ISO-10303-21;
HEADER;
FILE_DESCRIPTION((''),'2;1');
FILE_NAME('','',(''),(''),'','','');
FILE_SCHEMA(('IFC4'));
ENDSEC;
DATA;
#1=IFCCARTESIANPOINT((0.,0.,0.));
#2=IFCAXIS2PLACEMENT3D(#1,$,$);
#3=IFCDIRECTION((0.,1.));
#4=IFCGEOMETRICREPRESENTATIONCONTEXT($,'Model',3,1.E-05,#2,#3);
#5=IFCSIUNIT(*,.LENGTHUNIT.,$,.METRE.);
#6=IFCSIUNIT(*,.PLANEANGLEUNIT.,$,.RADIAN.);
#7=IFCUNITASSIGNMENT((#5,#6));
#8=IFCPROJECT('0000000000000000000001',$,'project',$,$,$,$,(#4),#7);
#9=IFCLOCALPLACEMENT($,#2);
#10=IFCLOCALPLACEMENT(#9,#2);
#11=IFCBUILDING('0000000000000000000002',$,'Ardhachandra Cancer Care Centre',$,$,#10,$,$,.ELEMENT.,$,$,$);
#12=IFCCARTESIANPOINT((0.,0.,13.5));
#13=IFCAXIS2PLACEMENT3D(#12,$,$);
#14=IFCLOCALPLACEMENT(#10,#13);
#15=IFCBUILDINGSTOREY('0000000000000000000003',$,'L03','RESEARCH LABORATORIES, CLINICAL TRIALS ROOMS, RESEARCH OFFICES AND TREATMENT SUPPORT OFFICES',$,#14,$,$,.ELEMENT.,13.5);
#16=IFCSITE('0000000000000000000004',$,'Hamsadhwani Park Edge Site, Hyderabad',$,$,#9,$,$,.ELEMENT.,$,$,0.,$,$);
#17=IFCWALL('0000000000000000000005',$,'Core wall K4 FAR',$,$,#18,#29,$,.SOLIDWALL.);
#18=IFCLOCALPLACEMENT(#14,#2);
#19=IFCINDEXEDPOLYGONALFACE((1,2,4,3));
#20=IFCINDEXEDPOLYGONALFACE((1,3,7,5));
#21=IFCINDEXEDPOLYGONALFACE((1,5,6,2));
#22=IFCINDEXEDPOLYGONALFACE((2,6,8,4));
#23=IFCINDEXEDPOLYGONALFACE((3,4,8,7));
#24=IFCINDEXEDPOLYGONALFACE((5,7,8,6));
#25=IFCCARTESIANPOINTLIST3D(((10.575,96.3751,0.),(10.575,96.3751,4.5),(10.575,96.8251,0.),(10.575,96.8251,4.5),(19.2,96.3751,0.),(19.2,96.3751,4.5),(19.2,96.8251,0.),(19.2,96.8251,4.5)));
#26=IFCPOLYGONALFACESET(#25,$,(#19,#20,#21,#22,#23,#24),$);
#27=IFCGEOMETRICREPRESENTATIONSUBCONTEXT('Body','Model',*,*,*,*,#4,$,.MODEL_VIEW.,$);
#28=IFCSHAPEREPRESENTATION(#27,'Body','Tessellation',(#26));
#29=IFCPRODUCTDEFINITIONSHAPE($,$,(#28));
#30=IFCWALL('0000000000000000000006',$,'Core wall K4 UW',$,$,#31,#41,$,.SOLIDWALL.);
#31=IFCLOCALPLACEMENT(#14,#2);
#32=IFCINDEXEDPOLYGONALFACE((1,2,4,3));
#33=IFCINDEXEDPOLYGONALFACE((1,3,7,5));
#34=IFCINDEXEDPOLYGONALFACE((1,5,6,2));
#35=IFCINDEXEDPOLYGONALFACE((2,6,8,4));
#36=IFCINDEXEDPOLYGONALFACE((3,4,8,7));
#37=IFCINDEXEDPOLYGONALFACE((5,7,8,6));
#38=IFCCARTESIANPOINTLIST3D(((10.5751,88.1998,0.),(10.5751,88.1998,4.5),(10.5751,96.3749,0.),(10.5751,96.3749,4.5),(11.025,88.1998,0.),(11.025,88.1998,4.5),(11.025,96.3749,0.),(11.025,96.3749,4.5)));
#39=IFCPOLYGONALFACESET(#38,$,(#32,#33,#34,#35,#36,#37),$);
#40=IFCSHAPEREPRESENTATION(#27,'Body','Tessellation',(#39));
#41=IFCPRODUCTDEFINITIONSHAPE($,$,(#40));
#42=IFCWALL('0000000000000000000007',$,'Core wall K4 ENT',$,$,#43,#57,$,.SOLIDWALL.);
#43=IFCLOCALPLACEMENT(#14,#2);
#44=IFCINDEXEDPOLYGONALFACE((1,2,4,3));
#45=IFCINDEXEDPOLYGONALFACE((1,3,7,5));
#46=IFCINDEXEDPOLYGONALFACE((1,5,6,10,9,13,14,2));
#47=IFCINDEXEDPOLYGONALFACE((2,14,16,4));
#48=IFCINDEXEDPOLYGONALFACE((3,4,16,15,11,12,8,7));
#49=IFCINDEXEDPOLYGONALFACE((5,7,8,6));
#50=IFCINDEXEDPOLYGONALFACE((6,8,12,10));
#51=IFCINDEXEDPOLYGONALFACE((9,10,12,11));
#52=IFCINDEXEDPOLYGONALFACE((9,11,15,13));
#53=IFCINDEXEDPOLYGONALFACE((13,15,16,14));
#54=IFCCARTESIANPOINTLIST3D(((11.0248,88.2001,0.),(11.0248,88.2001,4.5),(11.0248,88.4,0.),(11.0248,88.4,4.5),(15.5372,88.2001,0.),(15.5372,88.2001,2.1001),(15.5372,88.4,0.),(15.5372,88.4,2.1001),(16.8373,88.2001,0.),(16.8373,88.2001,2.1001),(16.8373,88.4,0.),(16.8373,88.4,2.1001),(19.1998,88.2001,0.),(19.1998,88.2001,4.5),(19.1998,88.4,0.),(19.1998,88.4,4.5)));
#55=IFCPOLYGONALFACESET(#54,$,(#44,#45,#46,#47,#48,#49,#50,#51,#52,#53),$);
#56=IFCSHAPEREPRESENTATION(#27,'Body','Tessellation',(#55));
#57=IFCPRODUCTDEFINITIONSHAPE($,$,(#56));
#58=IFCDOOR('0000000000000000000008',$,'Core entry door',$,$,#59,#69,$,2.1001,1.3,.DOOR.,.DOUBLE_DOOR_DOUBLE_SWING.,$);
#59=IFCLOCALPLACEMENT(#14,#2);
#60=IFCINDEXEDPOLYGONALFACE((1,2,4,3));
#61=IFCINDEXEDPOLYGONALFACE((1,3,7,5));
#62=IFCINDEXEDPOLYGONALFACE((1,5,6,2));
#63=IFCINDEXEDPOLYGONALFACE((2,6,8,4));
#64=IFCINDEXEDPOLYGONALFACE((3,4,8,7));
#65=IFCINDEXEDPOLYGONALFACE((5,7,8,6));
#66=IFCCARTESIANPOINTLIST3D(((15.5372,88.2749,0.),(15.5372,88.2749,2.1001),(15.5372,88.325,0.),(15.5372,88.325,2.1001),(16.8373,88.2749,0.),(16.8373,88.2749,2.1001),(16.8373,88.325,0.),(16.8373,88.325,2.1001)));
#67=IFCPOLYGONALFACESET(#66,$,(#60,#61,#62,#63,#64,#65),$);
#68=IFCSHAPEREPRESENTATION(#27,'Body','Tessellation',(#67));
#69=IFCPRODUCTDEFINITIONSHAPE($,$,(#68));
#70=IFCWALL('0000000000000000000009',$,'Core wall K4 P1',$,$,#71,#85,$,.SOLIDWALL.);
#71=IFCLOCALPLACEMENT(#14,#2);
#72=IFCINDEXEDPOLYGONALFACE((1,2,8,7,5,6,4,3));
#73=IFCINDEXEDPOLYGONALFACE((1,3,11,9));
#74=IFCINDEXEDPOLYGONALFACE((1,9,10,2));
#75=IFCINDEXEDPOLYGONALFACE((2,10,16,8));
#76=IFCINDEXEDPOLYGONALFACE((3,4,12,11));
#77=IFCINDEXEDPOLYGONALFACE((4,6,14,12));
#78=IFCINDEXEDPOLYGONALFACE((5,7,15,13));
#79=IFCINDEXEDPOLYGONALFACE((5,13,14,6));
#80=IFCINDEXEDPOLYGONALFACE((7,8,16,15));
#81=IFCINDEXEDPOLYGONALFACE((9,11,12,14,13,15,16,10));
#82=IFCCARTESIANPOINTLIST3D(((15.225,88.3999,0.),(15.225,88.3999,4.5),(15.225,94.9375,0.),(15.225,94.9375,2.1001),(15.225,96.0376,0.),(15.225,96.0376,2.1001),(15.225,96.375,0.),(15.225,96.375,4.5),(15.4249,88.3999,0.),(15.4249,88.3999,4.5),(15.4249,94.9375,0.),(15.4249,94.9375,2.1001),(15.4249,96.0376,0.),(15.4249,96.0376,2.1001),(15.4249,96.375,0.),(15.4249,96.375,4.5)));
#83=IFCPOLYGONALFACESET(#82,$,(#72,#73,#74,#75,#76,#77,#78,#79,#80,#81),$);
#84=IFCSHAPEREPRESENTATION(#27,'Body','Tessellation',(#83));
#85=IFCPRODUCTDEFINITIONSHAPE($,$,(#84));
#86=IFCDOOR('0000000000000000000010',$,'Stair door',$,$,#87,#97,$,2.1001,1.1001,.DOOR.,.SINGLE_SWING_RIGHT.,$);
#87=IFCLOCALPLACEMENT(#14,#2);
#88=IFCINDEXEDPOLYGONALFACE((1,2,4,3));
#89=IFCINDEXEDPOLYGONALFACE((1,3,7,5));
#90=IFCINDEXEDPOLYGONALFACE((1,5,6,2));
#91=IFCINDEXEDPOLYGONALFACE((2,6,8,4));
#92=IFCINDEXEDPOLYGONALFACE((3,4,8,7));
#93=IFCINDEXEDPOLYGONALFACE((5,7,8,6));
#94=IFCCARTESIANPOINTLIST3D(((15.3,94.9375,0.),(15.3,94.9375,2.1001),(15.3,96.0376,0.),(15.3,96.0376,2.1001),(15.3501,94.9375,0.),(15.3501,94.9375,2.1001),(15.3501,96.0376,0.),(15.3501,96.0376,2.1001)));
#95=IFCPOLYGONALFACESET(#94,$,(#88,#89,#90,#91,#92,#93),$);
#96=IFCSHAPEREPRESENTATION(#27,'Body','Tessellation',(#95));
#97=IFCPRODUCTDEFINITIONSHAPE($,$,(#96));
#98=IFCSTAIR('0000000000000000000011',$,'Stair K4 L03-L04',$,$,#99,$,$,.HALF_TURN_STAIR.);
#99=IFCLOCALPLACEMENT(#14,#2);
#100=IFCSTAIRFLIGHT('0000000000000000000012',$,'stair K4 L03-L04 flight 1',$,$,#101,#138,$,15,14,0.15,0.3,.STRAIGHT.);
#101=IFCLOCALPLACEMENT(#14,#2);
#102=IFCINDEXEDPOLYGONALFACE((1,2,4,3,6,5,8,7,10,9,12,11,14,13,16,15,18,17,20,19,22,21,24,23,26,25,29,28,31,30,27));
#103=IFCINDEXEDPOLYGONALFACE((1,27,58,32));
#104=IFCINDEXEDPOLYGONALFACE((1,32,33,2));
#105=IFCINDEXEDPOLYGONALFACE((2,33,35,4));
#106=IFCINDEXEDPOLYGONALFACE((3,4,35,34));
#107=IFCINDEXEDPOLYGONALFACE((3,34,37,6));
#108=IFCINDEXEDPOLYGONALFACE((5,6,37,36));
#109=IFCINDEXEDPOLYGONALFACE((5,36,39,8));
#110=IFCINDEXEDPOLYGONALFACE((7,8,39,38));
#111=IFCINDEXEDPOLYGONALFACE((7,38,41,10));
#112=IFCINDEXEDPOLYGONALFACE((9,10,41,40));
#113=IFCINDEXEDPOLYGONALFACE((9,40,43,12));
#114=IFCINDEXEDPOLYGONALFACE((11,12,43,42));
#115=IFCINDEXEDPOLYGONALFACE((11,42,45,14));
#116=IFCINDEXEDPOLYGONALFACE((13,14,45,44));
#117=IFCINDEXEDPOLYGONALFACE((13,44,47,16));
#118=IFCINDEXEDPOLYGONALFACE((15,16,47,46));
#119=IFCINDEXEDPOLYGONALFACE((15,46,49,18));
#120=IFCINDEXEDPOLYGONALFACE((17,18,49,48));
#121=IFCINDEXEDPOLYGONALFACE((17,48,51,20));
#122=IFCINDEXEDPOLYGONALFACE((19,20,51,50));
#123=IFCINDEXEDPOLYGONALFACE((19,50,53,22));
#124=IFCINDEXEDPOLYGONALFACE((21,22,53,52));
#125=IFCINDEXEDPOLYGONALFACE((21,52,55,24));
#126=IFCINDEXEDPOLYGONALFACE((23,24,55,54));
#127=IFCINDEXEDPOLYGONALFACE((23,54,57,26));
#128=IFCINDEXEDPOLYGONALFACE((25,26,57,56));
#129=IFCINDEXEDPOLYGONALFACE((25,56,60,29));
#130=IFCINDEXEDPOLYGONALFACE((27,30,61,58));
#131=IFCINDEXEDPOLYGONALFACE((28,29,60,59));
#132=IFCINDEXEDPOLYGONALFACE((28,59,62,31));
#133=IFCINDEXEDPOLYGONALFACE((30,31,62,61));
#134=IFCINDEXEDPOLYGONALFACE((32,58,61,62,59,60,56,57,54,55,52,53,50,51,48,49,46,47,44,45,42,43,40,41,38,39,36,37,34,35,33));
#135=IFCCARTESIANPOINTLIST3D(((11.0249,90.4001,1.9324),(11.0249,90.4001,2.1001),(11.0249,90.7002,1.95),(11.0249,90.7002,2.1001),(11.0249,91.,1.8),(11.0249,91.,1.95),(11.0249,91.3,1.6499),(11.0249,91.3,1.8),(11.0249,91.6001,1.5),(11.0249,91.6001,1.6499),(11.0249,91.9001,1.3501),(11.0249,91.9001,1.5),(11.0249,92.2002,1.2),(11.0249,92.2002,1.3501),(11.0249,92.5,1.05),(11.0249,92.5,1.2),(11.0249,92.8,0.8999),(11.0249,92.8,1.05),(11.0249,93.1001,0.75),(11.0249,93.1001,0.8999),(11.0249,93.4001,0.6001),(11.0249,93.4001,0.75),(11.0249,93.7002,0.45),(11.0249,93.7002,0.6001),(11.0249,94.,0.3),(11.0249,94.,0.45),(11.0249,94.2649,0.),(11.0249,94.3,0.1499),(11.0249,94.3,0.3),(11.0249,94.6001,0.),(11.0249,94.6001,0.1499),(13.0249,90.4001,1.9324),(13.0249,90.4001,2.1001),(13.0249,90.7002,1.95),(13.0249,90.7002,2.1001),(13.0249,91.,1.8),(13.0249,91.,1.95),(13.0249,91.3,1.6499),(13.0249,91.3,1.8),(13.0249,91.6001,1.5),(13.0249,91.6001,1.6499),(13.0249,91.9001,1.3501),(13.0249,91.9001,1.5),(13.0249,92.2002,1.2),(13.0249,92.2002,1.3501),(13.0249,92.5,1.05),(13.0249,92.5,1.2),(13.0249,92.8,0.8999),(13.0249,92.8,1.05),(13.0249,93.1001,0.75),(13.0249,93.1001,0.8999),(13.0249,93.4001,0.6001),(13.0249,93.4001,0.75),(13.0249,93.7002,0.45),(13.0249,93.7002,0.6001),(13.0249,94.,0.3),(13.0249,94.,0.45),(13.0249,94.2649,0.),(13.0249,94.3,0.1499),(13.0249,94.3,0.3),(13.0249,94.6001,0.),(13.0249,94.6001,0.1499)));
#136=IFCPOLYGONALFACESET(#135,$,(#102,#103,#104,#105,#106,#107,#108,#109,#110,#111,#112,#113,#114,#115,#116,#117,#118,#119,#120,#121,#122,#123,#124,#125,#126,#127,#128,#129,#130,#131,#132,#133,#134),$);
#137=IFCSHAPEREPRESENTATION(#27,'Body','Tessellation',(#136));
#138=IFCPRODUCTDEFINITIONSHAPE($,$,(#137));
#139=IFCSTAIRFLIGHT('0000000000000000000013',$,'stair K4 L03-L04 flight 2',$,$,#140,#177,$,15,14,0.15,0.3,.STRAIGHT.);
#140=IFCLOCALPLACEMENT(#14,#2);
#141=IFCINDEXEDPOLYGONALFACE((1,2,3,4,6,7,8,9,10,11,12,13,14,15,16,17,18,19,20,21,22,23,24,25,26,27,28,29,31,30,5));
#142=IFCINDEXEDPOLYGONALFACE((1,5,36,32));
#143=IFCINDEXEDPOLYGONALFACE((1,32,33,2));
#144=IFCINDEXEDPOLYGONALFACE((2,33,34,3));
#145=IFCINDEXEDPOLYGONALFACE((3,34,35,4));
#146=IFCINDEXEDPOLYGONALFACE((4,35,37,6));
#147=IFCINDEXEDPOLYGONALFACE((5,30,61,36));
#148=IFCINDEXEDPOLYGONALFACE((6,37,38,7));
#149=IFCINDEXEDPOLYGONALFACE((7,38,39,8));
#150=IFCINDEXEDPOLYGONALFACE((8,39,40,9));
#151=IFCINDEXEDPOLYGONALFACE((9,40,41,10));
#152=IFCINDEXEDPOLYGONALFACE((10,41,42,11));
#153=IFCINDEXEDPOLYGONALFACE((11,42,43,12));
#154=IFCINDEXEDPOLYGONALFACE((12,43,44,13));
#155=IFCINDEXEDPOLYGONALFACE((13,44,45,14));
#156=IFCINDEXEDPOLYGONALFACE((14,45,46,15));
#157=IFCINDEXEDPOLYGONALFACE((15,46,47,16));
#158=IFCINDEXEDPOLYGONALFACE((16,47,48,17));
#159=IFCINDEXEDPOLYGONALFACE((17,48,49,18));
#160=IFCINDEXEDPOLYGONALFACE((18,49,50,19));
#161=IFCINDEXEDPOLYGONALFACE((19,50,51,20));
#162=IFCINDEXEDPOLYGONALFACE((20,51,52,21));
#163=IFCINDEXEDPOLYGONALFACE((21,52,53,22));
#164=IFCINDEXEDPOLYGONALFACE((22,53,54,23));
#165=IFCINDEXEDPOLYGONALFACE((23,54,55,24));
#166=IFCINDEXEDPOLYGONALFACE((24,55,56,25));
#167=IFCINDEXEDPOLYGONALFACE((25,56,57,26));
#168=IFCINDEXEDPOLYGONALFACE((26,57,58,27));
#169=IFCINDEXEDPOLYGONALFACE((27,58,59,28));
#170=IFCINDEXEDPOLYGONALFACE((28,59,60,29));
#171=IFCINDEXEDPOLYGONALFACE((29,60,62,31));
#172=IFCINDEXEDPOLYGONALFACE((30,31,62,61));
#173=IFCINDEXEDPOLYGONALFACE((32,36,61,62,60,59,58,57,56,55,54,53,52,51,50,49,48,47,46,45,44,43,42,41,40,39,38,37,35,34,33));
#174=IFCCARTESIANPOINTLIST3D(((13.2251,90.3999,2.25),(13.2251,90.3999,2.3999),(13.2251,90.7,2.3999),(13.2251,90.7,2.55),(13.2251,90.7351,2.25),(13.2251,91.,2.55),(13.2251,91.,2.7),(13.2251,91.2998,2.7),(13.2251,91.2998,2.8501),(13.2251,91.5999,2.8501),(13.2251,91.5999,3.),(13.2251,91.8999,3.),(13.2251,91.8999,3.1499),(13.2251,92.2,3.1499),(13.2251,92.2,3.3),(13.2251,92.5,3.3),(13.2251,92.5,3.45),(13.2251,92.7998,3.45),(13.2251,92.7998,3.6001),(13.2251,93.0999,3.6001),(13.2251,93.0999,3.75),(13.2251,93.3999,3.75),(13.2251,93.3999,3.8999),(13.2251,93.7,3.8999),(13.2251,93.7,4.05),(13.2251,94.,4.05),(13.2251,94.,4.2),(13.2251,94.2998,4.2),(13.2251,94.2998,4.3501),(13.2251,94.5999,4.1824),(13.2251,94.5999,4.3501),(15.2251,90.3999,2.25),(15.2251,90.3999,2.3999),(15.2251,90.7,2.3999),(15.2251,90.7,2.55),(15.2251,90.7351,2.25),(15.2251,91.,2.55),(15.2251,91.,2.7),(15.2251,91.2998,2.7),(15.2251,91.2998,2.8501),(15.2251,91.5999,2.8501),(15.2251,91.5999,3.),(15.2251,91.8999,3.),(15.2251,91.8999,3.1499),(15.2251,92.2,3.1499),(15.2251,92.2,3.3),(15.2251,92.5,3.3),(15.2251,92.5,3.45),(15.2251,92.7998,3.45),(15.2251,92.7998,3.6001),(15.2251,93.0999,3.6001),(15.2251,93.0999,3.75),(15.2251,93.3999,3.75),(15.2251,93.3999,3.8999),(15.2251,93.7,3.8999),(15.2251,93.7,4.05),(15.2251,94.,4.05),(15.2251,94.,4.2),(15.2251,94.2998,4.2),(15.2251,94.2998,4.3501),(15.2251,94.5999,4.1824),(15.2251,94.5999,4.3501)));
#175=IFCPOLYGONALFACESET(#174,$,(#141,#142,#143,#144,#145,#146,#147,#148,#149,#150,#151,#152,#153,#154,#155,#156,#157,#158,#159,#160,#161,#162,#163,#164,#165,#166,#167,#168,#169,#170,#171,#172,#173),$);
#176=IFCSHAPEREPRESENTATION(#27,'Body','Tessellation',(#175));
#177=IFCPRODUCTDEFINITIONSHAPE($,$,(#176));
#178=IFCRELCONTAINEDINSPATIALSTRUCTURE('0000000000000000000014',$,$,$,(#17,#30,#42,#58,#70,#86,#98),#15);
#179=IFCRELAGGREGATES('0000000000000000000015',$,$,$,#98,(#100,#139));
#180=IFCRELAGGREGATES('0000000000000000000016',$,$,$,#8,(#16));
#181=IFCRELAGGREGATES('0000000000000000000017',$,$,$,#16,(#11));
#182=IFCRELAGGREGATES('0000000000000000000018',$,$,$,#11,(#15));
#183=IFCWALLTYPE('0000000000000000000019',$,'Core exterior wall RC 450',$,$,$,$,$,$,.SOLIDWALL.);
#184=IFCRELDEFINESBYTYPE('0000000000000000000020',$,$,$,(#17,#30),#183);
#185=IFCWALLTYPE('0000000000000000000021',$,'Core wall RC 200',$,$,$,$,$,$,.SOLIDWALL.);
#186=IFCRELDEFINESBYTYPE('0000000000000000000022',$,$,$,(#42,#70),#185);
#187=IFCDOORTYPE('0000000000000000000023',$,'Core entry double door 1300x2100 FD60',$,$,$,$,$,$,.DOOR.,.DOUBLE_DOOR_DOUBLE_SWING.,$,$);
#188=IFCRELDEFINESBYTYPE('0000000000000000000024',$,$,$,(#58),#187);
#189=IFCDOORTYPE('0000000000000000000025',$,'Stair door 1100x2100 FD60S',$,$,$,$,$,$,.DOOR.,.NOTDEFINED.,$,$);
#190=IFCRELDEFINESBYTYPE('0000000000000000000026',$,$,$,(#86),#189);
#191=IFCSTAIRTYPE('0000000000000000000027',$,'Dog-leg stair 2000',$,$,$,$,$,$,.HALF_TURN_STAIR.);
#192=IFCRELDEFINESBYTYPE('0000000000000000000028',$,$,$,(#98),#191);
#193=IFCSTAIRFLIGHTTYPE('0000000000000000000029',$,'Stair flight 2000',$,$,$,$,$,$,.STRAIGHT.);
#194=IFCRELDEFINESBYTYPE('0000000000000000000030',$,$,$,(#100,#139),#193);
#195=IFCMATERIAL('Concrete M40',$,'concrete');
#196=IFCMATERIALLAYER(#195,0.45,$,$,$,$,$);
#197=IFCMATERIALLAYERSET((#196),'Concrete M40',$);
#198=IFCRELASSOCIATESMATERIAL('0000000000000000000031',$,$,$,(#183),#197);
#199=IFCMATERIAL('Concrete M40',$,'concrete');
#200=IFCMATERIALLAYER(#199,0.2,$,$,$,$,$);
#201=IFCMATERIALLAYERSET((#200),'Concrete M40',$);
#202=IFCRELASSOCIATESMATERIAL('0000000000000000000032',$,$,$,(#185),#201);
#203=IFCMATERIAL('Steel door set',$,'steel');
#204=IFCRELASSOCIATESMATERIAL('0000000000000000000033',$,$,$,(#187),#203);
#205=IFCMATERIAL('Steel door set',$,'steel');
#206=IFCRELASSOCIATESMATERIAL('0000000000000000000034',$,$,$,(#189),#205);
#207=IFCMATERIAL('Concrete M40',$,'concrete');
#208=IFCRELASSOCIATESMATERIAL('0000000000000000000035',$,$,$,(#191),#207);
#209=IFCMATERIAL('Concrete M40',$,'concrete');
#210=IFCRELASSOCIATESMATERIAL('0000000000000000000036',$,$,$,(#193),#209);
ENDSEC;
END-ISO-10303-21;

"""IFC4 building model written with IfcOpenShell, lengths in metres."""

from ifc_helpers import new_model, si_unit, direction, frame, frame_2d, origin, place, context, subcontext, project, spatial, polyline, rectangle, outline, extrude, material, layer, layer_set, type_object, element, fill, aggregate, save


model = new_model("IFC4")

# Units and contexts
model_context = context("Model", 3, precision=1e-05, world=origin(), true_north=direction((0.0, 1.0)))
body_context = subcontext(model_context, "Body", "Model", "MODEL_VIEW")
ifc_project = project(units=[si_unit("LENGTHUNIT", "METRE"), si_unit("PLANEANGLEUNIT", "RADIAN")], contexts=[model_context])

# Site, building, storey
site_placement = place(None, origin())
site = spatial("IfcSite", under=ifc_project, at=site_placement, Name="Hamsadhwani Park Edge Site, Hyderabad", CompositionType="ELEMENT", RefElevation=0.0)
building_placement = place(site_placement, origin())
building = spatial("IfcBuilding", under=site, at=building_placement, Name="Ardhachandra Cancer Care Centre", CompositionType="ELEMENT")
storey_placement = place(building_placement, frame((0.0, 0.0, 13.5)))
storey = spatial("IfcBuildingStorey", under=building, at=storey_placement, Name="L03", Description="RESEARCH LABORATORIES, CLINICAL TRIALS ROOMS, RESEARCH OFFICES AND TREATMENT SUPPORT OFFICES", CompositionType="ELEMENT", Elevation=13.5)

# Walls
ifc_material_1 = material(Name="Concrete M40", Category="concrete")
ifc_layer_1 = layer(ifc_material_1, 0.45)
ifc_layer_set_1 = layer_set([ifc_layer_1], Name="Concrete M40")
wall_type_1 = type_object("IfcWallType", Name="Core exterior wall RC 450", PredefinedType="SOLIDWALL", material=ifc_layer_set_1)
wall_1_placement = place(storey_placement, frame((10.575, 96.6001, 0.0), z_axis=(0.0, 0.0, 1.0), x_axis=(1.0, 0.0, 0.0)))
element("IfcWall", 1, at=wall_1_placement, inside=storey, type_object=wall_type_1, Name="Core wall K4 FAR", PredefinedType="SOLIDWALL", context=body_context, shape_type="SweptSolid", body=[
    extrude(rectangle(XDim=8.625, YDim=0.45, at=frame_2d((4.3125, 0.0))), origin(), (0.0, 0.0, 1.0), 4.5),
])
wall_2_placement = place(storey_placement, frame((10.8, 88.2, 0.0), z_axis=(0.0, 0.0, 1.0), x_axis=(0.0, 1.0, 0.0)))
element("IfcWall", 2, at=wall_2_placement, inside=storey, type_object=wall_type_1, Name="Core wall K4 UW", PredefinedType="SOLIDWALL", context=body_context, shape_type="SweptSolid", body=[
    extrude(rectangle(XDim=8.175, YDim=0.45, at=frame_2d((4.0874, 0.0))), origin(), (0.0, 0.0, 1.0), 4.5),
])

# Walls, openings, doors
ifc_material_2 = material(Name="Concrete M40", Category="concrete")
ifc_layer_2 = layer(ifc_material_2, 0.2)
ifc_layer_set_2 = layer_set([ifc_layer_2], Name="Concrete M40")
wall_type_2 = type_object("IfcWallType", Name="Core wall RC 200", PredefinedType="SOLIDWALL", material=ifc_layer_set_2)
wall_3_placement = place(storey_placement, frame((11.0249, 88.3, 0.0), z_axis=(0.0, 0.0, 1.0), x_axis=(1.0, 0.0, 0.0)))
wall_3 = element("IfcWall", 3, at=wall_3_placement, inside=storey, type_object=wall_type_2, Name="Core wall K4 ENT", PredefinedType="SOLIDWALL", context=body_context, shape_type="SweptSolid", body=[
    extrude(rectangle(XDim=8.175, YDim=0.2, at=frame_2d((4.0874, 0.0))), origin(), (0.0, 0.0, 1.0), 4.5),
])
opening_1_placement = place(wall_3_placement, frame((4.5125, 0.0, 0.0)))
opening_1 = element("IfcOpeningElement", 4, at=opening_1_placement, cuts=wall_3, PredefinedType="OPENING", context=body_context, shape_type="SweptSolid", body=[
    extrude(rectangle(XDim=1.3, YDim=2.1001, at=frame_2d((0.6499, 1.05))), frame((0.0, 0.1099, 0.0), z_axis=(0.0, -1.0, 0.0), x_axis=(1.0, 0.0, 0.0)), (0.0, 0.0, 1.0), 0.22),
])
ifc_material_3 = material(Name="Steel door set", Category="steel")
door_type_1 = type_object("IfcDoorType", Name="Core entry double door 1300x2100 FD60", OperationType="DOUBLE_DOOR_DOUBLE_SWING", PredefinedType="DOOR", material=ifc_material_3)
door_1_placement = place(opening_1_placement, origin())
door_1 = element("IfcDoor", 5, at=door_1_placement, inside=storey, type_object=door_type_1, Name="Core entry door", OperationType="DOUBLE_DOOR_DOUBLE_SWING", OverallHeight=2.1001, OverallWidth=1.3, PredefinedType="DOOR", context=body_context, shape_type="SweptSolid", body=[
    extrude(rectangle(XDim=1.3, YDim=2.1001, at=frame_2d((0.6499, 1.05))), frame((0.0, 0.0249, 0.0), z_axis=(0.0, -1.0, 0.0), x_axis=(1.0, 0.0, 0.0)), (0.0, 0.0, 1.0), 0.05),
])
fill(opening_1, door_1)
wall_4_placement = place(storey_placement, frame((15.325, 88.3999, 0.0), z_axis=(0.0, 0.0, 1.0), x_axis=(0.0, 1.0, 0.0)))
wall_4 = element("IfcWall", 6, at=wall_4_placement, inside=storey, type_object=wall_type_2, Name="Core wall K4 P1", PredefinedType="SOLIDWALL", context=body_context, shape_type="SweptSolid", body=[
    extrude(rectangle(XDim=7.9751, YDim=0.2, at=frame_2d((3.9875, 0.0))), origin(), (0.0, 0.0, 1.0), 4.5),
])
opening_2_placement = place(wall_4_placement, frame((6.5376, 0.0, 0.0)))
opening_2 = element("IfcOpeningElement", 7, at=opening_2_placement, cuts=wall_4, PredefinedType="OPENING", context=body_context, shape_type="SweptSolid", body=[
    extrude(rectangle(XDim=1.1001, YDim=2.1001, at=frame_2d((0.55, 1.05))), frame((0.0, 0.1099, 0.0), z_axis=(0.0, -1.0, 0.0), x_axis=(1.0, 0.0, 0.0)), (0.0, 0.0, 1.0), 0.22),
])
ifc_material_4 = material(Name="Steel door set", Category="steel")
door_type_2 = type_object("IfcDoorType", Name="Stair door 1100x2100 FD60S", OperationType="NOTDEFINED", PredefinedType="DOOR", material=ifc_material_4)
door_2_placement = place(opening_2_placement, origin())
door_2 = element("IfcDoor", 8, at=door_2_placement, inside=storey, type_object=door_type_2, Name="Stair door", OperationType="SINGLE_SWING_RIGHT", OverallHeight=2.1001, OverallWidth=1.1001, PredefinedType="DOOR", context=body_context, shape_type="SweptSolid", body=[
    extrude(rectangle(XDim=1.1001, YDim=2.1001, at=frame_2d((0.55, 1.05))), frame((0.0, 0.0249, 0.0), z_axis=(0.0, -1.0, 0.0), x_axis=(1.0, 0.0, 0.0)), (0.0, 0.0, 1.0), 0.05),
])
fill(opening_2, door_2)

# Stair, stair flights
ifc_material_5 = material(Name="Concrete M40", Category="concrete")
stair_type = type_object("IfcStairType", Name="Dog-leg stair 2000", PredefinedType="HALF_TURN_STAIR", material=ifc_material_5)
stair_placement = place(storey_placement, origin())
stair = element("IfcStair", 9, at=stair_placement, inside=storey, type_object=stair_type, Name="Stair K4 L03-L04", PredefinedType="HALF_TURN_STAIR")
ifc_material_6 = material(Name="Concrete M40", Category="concrete")
stair_flight_type = type_object("IfcStairFlightType", Name="Stair flight 2000", PredefinedType="STRAIGHT", material=ifc_material_6)
stair_flight_1_placement = place(storey_placement, frame((12.0249, 94.6001, 0.0), z_axis=(0.0, 0.0, 1.0), x_axis=(0.0, -1.0, 0.0)))
stair_flight_1 = element("IfcStairFlight", 10, at=stair_flight_1_placement, type_object=stair_flight_type, Name="stair K4 L03-L04 flight 1", NumberOfRisers=15, NumberOfTreads=14, PredefinedType="STRAIGHT", RiserHeight=0.15, TreadLength=0.3, context=body_context, shape_type="SweptSolid", body=[
    extrude(outline(polyline([(0.0, 0.0), (0.0, 0.1499), (0.3, 0.1499), (0.3, 0.3), (0.6001, 0.3), (0.6001, 0.45), (0.8999, 0.45), (0.8999, 0.6001), (1.2, 0.6001), (1.2, 0.75), (1.5, 0.75), (1.5, 0.8999), (1.8, 0.8999), (1.8, 1.05), (2.1001, 1.05), (2.1001, 1.2), (2.3999, 1.2), (2.3999, 1.3501), (2.7, 1.3501), (2.7, 1.5), (3.0, 1.5), (3.0, 1.6499), (3.3, 1.6499), (3.3, 1.8), (3.6001, 1.8), (3.6001, 1.95), (3.8999, 1.95), (3.8999, 2.1001), (4.2, 2.1001), (4.2, 2.25), (4.2, 1.9324), (0.3352, 0.0), (0.0, 0.0)])), frame((0.0, 1.0, 0.0), z_axis=(0.0, -1.0, 0.0), x_axis=(1.0, 0.0, 0.0)), (0.0, 0.0, 1.0), 2.0),
])
stair_flight_2_placement = place(storey_placement, frame((14.2251, 90.3999, 2.25), z_axis=(0.0, 0.0, 1.0), x_axis=(0.0, 1.0, 0.0)))
stair_flight_2 = element("IfcStairFlight", 11, at=stair_flight_2_placement, type_object=stair_flight_type, Name="stair K4 L03-L04 flight 2", NumberOfRisers=15, NumberOfTreads=14, PredefinedType="STRAIGHT", RiserHeight=0.15, TreadLength=0.3, context=body_context, shape_type="SweptSolid", body=[
    extrude(outline(polyline([(0.0, 0.0), (0.0, 0.1499), (0.3, 0.1499), (0.3, 0.3), (0.6001, 0.3), (0.6001, 0.45), (0.8999, 0.45), (0.8999, 0.6001), (1.2, 0.6001), (1.2, 0.75), (1.5, 0.75), (1.5, 0.8999), (1.8, 0.8999), (1.8, 1.05), (2.1001, 1.05), (2.1001, 1.2), (2.3999, 1.2), (2.3999, 1.3501), (2.7, 1.3501), (2.7, 1.5), (3.0, 1.5), (3.0, 1.6499), (3.3, 1.6499), (3.3, 1.8), (3.6001, 1.8), (3.6001, 1.95), (3.8999, 1.95), (3.8999, 2.1001), (4.2, 2.1001), (4.2, 2.25), (4.2, 1.9324), (0.3352, 0.0), (0.0, 0.0)])), frame((0.0, 1.0, 0.0), z_axis=(0.0, -1.0, 0.0), x_axis=(1.0, 0.0, 0.0)), (0.0, 0.0, 1.0), 2.0),
])
aggregate(stair, [stair_flight_1, stair_flight_2])

save(model, "model.ifc")
